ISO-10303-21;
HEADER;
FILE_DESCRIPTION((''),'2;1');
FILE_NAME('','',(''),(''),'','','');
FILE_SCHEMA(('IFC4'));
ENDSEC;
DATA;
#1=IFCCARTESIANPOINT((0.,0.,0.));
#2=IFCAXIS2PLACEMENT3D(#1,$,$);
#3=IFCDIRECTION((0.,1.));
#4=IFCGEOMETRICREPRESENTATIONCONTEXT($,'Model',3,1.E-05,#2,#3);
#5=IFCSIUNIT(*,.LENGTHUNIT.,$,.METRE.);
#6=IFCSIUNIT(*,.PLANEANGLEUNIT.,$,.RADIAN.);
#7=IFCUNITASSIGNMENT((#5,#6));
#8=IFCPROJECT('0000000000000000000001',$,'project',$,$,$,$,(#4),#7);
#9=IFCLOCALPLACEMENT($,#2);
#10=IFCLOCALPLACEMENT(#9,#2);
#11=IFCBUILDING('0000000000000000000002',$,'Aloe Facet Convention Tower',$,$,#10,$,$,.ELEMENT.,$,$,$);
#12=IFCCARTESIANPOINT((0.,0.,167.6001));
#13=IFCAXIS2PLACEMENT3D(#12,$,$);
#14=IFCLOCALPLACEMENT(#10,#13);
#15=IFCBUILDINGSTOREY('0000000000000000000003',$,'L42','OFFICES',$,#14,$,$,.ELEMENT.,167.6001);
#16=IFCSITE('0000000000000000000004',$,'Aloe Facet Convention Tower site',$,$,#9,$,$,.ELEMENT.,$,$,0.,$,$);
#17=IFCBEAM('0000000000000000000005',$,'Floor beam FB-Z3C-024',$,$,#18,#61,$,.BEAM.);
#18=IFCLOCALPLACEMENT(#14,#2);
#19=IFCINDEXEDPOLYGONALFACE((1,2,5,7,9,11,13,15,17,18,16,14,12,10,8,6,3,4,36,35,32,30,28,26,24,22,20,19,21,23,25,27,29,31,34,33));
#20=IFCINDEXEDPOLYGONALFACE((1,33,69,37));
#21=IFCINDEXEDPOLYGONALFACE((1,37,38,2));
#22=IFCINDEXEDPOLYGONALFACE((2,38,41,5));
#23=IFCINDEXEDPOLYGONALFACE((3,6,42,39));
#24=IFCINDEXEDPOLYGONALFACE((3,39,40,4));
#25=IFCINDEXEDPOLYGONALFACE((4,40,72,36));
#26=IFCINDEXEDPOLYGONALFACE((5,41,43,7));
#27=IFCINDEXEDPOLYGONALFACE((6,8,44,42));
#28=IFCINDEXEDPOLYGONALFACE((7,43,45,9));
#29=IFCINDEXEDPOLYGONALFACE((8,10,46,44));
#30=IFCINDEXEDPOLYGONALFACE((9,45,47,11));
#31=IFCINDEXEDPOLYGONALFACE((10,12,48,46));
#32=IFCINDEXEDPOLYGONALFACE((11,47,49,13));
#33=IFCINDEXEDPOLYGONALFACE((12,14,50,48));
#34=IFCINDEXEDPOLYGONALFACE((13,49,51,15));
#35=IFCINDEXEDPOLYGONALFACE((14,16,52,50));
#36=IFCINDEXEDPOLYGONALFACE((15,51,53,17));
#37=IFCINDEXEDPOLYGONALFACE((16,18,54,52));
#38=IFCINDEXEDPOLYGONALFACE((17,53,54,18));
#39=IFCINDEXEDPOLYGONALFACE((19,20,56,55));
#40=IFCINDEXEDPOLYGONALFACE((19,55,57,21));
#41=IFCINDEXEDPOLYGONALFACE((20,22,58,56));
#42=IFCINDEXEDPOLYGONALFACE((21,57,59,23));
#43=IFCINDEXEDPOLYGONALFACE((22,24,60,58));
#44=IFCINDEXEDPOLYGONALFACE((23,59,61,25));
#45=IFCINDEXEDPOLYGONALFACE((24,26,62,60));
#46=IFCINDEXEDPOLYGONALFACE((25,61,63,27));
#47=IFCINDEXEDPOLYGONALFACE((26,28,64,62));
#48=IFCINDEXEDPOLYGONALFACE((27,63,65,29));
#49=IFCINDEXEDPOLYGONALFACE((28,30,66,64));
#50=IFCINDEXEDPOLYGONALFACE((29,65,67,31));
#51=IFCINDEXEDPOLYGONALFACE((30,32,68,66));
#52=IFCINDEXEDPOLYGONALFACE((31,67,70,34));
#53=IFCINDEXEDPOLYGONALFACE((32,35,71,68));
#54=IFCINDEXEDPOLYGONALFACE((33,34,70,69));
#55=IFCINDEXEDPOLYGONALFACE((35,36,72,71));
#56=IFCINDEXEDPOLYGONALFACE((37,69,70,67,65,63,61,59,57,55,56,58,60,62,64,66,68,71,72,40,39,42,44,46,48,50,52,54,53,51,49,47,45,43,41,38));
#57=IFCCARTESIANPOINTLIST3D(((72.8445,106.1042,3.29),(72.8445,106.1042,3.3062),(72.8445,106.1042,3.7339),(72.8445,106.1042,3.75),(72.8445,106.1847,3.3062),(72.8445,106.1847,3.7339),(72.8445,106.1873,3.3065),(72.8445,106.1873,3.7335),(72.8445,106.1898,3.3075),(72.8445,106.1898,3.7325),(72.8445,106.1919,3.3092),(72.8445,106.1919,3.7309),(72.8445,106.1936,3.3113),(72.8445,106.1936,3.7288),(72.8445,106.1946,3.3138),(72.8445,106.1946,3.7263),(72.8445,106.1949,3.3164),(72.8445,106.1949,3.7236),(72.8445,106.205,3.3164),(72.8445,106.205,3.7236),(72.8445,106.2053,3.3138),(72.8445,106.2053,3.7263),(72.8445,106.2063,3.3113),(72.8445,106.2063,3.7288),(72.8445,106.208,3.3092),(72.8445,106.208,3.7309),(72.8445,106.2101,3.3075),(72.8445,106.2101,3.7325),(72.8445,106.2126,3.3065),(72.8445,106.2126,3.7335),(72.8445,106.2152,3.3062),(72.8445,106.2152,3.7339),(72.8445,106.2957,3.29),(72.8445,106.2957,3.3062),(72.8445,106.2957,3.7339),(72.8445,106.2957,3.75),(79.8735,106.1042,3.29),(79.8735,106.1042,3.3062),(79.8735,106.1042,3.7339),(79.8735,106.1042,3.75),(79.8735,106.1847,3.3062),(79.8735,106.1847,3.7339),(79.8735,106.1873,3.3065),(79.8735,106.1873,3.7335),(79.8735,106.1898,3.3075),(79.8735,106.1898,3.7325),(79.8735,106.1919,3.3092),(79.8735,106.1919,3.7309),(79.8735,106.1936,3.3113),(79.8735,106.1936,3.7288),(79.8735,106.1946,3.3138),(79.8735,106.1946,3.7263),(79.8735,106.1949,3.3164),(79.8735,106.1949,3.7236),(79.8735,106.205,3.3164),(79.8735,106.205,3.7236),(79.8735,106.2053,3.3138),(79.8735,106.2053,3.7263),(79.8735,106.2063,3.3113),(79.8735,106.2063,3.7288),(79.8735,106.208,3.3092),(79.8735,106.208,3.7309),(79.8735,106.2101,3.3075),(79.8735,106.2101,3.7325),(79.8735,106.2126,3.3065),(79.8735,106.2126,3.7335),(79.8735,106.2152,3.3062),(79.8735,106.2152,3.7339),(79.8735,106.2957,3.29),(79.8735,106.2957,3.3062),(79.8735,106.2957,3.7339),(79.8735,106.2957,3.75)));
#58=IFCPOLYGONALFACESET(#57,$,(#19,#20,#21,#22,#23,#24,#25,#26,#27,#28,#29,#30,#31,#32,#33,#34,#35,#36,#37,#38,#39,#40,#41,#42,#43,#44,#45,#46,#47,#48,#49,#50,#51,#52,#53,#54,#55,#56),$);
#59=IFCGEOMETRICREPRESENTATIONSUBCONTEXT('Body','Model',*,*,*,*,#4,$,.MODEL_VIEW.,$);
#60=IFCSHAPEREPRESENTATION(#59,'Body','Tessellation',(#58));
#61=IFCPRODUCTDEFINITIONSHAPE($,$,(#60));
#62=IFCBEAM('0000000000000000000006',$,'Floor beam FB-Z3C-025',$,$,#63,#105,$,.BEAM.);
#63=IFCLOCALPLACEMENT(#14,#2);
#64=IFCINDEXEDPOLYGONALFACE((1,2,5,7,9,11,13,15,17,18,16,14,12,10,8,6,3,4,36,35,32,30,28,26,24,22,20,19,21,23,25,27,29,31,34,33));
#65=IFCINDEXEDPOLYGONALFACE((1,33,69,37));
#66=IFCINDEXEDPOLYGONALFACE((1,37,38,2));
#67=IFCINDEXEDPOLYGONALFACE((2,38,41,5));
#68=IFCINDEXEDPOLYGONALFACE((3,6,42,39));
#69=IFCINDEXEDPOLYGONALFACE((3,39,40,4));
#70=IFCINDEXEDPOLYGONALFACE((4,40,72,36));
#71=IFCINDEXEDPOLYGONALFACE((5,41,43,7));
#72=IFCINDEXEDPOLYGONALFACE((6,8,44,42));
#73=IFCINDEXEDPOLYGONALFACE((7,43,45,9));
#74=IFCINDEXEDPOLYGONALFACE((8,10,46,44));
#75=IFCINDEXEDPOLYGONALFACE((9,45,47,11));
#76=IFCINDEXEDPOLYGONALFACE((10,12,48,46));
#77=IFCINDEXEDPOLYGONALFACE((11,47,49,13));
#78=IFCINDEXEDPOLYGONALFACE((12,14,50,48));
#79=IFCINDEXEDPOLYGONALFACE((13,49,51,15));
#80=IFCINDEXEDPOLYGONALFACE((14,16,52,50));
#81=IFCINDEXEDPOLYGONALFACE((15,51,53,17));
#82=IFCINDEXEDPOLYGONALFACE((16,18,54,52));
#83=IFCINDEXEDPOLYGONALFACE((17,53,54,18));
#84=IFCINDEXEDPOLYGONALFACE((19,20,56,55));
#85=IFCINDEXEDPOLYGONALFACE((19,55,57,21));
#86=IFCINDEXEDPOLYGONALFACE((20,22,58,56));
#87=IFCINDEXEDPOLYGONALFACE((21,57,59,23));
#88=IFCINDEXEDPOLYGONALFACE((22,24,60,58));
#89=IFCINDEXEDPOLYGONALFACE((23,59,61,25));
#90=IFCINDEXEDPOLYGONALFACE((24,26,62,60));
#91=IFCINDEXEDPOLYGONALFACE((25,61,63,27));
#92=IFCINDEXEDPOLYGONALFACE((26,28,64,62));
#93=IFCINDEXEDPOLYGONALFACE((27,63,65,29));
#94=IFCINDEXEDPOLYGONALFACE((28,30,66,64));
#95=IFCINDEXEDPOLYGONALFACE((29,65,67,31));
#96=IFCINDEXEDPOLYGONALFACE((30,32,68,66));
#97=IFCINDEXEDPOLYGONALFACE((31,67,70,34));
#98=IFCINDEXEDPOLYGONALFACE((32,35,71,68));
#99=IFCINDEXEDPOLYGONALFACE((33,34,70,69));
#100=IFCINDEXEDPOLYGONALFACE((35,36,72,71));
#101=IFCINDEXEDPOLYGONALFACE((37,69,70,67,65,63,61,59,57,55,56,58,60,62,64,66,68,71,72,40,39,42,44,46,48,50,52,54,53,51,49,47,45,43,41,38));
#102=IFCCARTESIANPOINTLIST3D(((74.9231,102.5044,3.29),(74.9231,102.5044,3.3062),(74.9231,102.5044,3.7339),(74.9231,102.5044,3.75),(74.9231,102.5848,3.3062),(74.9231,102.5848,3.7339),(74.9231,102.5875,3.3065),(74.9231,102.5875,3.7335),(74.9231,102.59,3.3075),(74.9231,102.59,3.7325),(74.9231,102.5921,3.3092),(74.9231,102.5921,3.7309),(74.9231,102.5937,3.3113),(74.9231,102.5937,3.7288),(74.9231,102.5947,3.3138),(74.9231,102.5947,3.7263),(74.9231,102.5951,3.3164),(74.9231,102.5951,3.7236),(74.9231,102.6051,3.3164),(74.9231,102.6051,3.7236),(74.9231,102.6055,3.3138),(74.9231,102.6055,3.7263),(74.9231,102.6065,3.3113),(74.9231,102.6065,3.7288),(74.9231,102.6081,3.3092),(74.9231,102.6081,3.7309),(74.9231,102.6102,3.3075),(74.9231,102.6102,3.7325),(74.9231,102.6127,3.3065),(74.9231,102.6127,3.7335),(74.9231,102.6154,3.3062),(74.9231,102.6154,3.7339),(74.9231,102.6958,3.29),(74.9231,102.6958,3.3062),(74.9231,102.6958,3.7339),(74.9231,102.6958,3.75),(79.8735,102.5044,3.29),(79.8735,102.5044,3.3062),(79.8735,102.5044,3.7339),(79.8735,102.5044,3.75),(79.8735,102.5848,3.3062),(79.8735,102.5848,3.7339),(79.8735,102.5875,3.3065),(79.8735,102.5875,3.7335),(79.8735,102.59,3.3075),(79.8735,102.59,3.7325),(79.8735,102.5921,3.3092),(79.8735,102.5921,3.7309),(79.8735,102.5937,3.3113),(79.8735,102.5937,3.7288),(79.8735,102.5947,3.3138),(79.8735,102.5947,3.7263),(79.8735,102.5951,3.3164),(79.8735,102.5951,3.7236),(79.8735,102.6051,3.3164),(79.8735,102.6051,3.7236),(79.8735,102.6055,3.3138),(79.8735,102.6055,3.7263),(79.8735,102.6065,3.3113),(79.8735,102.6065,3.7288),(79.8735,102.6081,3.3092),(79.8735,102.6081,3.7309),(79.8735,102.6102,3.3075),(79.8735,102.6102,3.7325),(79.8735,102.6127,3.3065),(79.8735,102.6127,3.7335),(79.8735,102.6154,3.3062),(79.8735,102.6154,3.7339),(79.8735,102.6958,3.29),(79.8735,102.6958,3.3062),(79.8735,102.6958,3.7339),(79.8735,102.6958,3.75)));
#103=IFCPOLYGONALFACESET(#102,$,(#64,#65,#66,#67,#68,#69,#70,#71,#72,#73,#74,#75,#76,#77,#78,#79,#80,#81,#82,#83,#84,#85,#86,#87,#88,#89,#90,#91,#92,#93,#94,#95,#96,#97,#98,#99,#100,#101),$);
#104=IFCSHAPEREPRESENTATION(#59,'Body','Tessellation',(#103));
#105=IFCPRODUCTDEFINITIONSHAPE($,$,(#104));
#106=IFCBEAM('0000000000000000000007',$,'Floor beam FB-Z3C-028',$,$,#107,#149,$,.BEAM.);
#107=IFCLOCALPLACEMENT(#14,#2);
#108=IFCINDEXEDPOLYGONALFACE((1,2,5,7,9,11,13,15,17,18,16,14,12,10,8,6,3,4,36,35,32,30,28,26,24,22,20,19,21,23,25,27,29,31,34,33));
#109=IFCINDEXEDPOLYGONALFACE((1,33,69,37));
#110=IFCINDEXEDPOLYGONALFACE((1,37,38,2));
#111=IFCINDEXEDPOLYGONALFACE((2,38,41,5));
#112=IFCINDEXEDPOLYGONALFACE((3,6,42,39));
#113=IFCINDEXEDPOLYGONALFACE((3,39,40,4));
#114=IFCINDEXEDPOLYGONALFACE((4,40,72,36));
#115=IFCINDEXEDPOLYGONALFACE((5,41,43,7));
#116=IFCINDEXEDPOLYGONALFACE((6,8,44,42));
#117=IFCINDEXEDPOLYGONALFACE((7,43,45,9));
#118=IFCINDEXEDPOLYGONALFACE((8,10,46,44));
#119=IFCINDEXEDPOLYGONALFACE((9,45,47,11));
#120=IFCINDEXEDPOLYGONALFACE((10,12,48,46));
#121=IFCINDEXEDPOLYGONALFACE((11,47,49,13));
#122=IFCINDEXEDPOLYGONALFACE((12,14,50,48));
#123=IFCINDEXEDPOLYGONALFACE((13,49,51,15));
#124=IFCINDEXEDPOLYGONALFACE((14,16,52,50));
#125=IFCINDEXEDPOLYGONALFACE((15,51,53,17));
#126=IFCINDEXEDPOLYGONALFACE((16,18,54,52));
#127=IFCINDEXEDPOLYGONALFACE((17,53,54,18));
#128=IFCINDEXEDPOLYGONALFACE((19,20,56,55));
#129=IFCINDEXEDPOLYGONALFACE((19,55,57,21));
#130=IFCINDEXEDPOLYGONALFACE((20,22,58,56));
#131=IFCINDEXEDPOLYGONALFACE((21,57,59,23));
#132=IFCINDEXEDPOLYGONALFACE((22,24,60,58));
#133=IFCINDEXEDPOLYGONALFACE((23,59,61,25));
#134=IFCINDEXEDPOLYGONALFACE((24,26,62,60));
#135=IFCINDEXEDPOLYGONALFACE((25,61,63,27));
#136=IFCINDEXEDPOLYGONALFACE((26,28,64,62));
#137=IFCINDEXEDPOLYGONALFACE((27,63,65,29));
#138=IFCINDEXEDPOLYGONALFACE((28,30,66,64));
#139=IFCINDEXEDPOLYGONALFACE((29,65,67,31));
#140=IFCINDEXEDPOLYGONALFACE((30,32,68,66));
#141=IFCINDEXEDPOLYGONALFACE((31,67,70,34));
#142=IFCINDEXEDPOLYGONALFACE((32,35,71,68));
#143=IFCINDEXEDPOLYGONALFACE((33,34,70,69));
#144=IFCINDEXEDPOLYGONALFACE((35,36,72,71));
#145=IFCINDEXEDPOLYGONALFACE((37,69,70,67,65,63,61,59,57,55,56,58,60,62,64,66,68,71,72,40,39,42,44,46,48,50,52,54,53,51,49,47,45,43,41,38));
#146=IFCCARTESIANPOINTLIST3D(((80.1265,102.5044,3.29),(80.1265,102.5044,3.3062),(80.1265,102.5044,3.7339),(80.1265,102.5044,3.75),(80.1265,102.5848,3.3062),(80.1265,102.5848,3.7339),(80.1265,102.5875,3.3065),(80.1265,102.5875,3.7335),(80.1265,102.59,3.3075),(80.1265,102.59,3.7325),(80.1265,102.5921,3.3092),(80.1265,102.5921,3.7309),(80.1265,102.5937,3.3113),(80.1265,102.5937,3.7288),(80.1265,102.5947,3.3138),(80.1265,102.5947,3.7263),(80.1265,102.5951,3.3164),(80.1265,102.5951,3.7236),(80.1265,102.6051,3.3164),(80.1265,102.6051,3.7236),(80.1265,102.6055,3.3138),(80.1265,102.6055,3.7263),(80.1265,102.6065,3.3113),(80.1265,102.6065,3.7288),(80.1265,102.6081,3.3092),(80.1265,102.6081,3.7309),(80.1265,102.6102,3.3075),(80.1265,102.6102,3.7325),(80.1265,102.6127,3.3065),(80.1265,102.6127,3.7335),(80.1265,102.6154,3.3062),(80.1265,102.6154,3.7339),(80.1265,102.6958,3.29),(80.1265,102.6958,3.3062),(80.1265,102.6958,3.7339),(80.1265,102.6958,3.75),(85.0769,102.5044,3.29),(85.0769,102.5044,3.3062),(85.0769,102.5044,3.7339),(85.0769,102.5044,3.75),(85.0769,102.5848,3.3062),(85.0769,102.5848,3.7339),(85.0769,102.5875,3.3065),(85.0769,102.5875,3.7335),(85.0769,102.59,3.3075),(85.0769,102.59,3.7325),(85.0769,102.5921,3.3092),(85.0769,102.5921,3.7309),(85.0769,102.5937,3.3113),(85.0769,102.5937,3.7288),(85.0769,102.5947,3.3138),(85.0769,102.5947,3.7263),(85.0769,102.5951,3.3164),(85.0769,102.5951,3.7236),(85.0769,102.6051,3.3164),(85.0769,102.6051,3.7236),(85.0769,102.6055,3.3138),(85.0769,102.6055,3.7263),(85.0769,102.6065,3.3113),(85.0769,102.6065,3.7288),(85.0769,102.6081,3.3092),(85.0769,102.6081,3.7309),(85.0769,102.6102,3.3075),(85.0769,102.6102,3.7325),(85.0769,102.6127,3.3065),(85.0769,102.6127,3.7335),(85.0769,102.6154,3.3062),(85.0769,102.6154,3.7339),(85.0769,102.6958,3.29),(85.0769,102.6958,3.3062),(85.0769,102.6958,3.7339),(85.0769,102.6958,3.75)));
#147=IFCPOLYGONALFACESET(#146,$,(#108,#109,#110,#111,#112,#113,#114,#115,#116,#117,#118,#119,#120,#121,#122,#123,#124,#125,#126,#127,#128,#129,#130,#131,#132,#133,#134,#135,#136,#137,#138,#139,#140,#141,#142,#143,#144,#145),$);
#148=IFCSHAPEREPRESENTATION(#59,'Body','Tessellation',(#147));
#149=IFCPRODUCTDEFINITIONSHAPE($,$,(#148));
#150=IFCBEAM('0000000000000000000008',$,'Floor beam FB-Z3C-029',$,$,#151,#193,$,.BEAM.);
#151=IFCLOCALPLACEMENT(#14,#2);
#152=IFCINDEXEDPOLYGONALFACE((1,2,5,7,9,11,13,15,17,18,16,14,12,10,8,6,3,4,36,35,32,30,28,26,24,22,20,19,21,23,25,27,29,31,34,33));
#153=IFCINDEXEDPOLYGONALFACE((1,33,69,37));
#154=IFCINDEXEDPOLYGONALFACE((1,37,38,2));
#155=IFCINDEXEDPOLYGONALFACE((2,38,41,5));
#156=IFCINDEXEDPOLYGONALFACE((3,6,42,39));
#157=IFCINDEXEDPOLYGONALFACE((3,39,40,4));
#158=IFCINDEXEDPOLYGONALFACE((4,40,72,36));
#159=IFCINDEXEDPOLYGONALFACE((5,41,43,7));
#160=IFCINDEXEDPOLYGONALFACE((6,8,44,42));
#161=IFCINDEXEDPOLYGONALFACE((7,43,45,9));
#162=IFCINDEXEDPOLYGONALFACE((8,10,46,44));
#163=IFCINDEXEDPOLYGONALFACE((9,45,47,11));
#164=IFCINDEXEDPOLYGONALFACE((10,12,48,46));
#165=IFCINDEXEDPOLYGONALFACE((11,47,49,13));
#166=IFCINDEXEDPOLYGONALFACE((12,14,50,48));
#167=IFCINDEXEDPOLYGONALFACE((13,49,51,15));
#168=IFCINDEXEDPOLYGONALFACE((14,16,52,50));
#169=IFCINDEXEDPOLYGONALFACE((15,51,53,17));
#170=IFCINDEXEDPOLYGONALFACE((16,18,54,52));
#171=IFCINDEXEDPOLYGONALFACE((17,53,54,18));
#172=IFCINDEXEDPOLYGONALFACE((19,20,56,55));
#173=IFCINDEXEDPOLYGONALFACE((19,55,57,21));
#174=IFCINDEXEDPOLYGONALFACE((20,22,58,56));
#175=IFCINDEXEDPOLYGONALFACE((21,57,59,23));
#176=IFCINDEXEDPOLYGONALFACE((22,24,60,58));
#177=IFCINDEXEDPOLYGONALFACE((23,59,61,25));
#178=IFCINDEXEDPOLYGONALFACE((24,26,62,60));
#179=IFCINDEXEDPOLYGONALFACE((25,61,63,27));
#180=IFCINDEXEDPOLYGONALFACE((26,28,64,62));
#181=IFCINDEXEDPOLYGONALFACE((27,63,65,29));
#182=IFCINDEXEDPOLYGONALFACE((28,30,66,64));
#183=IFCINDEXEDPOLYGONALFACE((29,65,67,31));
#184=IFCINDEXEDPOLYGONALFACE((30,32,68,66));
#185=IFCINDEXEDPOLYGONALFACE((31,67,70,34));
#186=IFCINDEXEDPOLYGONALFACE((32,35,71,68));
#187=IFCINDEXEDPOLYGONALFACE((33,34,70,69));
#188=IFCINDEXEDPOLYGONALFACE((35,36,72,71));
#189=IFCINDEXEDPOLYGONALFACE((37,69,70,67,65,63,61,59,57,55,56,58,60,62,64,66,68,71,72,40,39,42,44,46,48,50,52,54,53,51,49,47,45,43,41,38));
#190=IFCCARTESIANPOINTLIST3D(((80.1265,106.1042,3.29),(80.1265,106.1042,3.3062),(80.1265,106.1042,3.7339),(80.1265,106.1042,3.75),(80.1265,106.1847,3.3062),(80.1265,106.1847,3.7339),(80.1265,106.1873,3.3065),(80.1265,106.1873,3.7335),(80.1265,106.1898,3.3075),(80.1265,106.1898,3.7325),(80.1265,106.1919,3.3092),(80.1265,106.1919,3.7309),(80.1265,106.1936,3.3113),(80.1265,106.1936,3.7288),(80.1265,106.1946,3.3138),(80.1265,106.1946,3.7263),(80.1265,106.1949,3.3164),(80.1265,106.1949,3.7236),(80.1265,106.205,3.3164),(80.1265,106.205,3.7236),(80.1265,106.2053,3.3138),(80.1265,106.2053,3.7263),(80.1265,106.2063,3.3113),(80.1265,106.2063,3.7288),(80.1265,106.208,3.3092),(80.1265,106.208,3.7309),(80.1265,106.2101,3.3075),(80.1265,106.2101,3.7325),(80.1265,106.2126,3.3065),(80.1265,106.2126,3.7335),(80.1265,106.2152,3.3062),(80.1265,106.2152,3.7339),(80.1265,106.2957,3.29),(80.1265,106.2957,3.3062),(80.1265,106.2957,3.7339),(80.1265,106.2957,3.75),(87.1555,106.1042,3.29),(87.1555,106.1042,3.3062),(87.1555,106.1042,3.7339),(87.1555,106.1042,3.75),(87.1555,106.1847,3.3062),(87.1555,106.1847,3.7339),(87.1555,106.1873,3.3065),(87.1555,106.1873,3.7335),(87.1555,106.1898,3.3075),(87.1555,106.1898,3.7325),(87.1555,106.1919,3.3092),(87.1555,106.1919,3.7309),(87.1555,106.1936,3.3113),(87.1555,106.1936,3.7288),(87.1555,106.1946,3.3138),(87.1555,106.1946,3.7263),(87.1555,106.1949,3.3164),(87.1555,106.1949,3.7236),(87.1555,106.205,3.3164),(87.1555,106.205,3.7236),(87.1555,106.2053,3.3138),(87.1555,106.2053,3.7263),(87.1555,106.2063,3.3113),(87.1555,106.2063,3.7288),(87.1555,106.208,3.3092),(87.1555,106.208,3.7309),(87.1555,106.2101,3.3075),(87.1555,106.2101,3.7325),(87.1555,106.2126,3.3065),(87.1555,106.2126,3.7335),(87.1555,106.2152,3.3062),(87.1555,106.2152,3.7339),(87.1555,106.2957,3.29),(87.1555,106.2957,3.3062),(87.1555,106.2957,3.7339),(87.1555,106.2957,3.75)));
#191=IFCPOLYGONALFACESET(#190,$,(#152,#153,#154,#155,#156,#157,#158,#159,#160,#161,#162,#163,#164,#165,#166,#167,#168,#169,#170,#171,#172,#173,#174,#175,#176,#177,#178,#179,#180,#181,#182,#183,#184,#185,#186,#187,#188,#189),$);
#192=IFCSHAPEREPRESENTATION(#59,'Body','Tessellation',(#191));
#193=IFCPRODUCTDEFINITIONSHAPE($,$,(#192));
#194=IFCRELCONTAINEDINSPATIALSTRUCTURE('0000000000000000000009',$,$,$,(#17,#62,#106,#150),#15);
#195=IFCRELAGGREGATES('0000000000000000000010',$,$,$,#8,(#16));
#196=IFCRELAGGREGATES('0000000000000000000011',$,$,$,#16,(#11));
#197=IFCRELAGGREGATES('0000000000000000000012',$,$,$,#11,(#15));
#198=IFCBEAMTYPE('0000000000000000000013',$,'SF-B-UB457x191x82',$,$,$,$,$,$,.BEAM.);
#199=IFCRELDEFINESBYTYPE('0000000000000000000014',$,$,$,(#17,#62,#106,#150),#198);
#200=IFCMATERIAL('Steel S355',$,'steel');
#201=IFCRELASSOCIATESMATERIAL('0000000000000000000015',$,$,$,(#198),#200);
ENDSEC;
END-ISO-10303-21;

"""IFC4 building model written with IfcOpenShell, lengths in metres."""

from ifc_helpers import new_model, si_unit, direction, frame, origin, origin_2d, place, context, subcontext, project, spatial, i_section, extrude, material, material_profile, profile_set, type_object, element, save


model = new_model("IFC4")

# Units and contexts
model_context = context("Model", 3, precision=1e-05, world=origin(), true_north=direction((0.0, 1.0)))
body_context = subcontext(model_context, "Body", "Model", "MODEL_VIEW")
ifc_project = project(units=[si_unit("LENGTHUNIT", "METRE"), si_unit("PLANEANGLEUNIT", "RADIAN")], contexts=[model_context])

# Site, building, storey
site_placement = place(None, origin())
site = spatial("IfcSite", under=ifc_project, at=site_placement, Name="Aloe Facet Convention Tower site", CompositionType="ELEMENT", RefElevation=0.0)
building_placement = place(site_placement, origin())
building = spatial("IfcBuilding", under=site, at=building_placement, Name="Aloe Facet Convention Tower", CompositionType="ELEMENT")
storey_placement = place(building_placement, frame((0.0, 0.0, 167.6001)))
storey = spatial("IfcBuildingStorey", under=building, at=storey_placement, Name="L42", Description="OFFICES", CompositionType="ELEMENT", Elevation=167.6001)

# Beams
ifc_material_1 = material(Name="Steel S355", Category="steel")
ifc_material_profile_1 = material_profile(ifc_material_1, i_section(OverallWidth=0.1914, OverallDepth=0.46, WebThickness=0.01, FlangeThickness=0.0161, FilletRadius=0.0103, at=origin_2d()), Name="UB 457x191x82")
ifc_profile_set_1 = profile_set([ifc_material_profile_1], Name="Steel S355")
beam_type = type_object("IfcBeamType", Name="SF-B-UB457x191x82", PredefinedType="BEAM", material=ifc_profile_set_1)
beam_1_placement = place(storey_placement, frame((72.8445, 106.2, 3.52), z_axis=(1.0, 0.0, 0.0), x_axis=(0.0, 1.0, 0.0)))
element("IfcBeam", 1, at=beam_1_placement, inside=storey, type_object=beam_type, Name="Floor beam FB-Z3C-024", PredefinedType="BEAM", context=body_context, shape_type="SweptSolid", body=[
    extrude(i_section(OverallWidth=0.1914, OverallDepth=0.46, WebThickness=0.01, FlangeThickness=0.0161, FilletRadius=0.0103, at=origin_2d()), origin(), (0.0, 0.0, 1.0), 7.0291),
])
for number, where, z_axis, x_axis, name in (
    (2, (74.9231, 102.6001, 3.52), (1.0, 0.0, 0.0), (0.0, 1.0, 0.0), "Floor beam FB-Z3C-025"),
    (3, (80.1265, 102.6001, 3.52), (1.0, 0.0, 0.0), (0.0, 1.0, 0.0), "Floor beam FB-Z3C-028"),
):
    element("IfcBeam", number, at=place(storey_placement, frame(where, z_axis=z_axis, x_axis=x_axis)), inside=storey, type_object=beam_type, Name=name, PredefinedType="BEAM", context=body_context, shape_type="SweptSolid", body=[
        extrude(i_section(OverallWidth=0.1914, OverallDepth=0.46, WebThickness=0.01, FlangeThickness=0.0161, FilletRadius=0.0103, at=origin_2d()), origin(), (0.0, 0.0, 1.0), 4.9504),
    ])
beam_2_placement = place(storey_placement, frame((80.1265, 106.2, 3.52), z_axis=(1.0, 0.0, 0.0), x_axis=(0.0, 1.0, 0.0)))
element("IfcBeam", 4, at=beam_2_placement, inside=storey, type_object=beam_type, Name="Floor beam FB-Z3C-029", PredefinedType="BEAM", context=body_context, shape_type="SweptSolid", body=[
    extrude(i_section(OverallWidth=0.1914, OverallDepth=0.46, WebThickness=0.01, FlangeThickness=0.0161, FilletRadius=0.0103, at=origin_2d()), origin(), (0.0, 0.0, 1.0), 7.0291),
])

save(model, "model.ifc")
